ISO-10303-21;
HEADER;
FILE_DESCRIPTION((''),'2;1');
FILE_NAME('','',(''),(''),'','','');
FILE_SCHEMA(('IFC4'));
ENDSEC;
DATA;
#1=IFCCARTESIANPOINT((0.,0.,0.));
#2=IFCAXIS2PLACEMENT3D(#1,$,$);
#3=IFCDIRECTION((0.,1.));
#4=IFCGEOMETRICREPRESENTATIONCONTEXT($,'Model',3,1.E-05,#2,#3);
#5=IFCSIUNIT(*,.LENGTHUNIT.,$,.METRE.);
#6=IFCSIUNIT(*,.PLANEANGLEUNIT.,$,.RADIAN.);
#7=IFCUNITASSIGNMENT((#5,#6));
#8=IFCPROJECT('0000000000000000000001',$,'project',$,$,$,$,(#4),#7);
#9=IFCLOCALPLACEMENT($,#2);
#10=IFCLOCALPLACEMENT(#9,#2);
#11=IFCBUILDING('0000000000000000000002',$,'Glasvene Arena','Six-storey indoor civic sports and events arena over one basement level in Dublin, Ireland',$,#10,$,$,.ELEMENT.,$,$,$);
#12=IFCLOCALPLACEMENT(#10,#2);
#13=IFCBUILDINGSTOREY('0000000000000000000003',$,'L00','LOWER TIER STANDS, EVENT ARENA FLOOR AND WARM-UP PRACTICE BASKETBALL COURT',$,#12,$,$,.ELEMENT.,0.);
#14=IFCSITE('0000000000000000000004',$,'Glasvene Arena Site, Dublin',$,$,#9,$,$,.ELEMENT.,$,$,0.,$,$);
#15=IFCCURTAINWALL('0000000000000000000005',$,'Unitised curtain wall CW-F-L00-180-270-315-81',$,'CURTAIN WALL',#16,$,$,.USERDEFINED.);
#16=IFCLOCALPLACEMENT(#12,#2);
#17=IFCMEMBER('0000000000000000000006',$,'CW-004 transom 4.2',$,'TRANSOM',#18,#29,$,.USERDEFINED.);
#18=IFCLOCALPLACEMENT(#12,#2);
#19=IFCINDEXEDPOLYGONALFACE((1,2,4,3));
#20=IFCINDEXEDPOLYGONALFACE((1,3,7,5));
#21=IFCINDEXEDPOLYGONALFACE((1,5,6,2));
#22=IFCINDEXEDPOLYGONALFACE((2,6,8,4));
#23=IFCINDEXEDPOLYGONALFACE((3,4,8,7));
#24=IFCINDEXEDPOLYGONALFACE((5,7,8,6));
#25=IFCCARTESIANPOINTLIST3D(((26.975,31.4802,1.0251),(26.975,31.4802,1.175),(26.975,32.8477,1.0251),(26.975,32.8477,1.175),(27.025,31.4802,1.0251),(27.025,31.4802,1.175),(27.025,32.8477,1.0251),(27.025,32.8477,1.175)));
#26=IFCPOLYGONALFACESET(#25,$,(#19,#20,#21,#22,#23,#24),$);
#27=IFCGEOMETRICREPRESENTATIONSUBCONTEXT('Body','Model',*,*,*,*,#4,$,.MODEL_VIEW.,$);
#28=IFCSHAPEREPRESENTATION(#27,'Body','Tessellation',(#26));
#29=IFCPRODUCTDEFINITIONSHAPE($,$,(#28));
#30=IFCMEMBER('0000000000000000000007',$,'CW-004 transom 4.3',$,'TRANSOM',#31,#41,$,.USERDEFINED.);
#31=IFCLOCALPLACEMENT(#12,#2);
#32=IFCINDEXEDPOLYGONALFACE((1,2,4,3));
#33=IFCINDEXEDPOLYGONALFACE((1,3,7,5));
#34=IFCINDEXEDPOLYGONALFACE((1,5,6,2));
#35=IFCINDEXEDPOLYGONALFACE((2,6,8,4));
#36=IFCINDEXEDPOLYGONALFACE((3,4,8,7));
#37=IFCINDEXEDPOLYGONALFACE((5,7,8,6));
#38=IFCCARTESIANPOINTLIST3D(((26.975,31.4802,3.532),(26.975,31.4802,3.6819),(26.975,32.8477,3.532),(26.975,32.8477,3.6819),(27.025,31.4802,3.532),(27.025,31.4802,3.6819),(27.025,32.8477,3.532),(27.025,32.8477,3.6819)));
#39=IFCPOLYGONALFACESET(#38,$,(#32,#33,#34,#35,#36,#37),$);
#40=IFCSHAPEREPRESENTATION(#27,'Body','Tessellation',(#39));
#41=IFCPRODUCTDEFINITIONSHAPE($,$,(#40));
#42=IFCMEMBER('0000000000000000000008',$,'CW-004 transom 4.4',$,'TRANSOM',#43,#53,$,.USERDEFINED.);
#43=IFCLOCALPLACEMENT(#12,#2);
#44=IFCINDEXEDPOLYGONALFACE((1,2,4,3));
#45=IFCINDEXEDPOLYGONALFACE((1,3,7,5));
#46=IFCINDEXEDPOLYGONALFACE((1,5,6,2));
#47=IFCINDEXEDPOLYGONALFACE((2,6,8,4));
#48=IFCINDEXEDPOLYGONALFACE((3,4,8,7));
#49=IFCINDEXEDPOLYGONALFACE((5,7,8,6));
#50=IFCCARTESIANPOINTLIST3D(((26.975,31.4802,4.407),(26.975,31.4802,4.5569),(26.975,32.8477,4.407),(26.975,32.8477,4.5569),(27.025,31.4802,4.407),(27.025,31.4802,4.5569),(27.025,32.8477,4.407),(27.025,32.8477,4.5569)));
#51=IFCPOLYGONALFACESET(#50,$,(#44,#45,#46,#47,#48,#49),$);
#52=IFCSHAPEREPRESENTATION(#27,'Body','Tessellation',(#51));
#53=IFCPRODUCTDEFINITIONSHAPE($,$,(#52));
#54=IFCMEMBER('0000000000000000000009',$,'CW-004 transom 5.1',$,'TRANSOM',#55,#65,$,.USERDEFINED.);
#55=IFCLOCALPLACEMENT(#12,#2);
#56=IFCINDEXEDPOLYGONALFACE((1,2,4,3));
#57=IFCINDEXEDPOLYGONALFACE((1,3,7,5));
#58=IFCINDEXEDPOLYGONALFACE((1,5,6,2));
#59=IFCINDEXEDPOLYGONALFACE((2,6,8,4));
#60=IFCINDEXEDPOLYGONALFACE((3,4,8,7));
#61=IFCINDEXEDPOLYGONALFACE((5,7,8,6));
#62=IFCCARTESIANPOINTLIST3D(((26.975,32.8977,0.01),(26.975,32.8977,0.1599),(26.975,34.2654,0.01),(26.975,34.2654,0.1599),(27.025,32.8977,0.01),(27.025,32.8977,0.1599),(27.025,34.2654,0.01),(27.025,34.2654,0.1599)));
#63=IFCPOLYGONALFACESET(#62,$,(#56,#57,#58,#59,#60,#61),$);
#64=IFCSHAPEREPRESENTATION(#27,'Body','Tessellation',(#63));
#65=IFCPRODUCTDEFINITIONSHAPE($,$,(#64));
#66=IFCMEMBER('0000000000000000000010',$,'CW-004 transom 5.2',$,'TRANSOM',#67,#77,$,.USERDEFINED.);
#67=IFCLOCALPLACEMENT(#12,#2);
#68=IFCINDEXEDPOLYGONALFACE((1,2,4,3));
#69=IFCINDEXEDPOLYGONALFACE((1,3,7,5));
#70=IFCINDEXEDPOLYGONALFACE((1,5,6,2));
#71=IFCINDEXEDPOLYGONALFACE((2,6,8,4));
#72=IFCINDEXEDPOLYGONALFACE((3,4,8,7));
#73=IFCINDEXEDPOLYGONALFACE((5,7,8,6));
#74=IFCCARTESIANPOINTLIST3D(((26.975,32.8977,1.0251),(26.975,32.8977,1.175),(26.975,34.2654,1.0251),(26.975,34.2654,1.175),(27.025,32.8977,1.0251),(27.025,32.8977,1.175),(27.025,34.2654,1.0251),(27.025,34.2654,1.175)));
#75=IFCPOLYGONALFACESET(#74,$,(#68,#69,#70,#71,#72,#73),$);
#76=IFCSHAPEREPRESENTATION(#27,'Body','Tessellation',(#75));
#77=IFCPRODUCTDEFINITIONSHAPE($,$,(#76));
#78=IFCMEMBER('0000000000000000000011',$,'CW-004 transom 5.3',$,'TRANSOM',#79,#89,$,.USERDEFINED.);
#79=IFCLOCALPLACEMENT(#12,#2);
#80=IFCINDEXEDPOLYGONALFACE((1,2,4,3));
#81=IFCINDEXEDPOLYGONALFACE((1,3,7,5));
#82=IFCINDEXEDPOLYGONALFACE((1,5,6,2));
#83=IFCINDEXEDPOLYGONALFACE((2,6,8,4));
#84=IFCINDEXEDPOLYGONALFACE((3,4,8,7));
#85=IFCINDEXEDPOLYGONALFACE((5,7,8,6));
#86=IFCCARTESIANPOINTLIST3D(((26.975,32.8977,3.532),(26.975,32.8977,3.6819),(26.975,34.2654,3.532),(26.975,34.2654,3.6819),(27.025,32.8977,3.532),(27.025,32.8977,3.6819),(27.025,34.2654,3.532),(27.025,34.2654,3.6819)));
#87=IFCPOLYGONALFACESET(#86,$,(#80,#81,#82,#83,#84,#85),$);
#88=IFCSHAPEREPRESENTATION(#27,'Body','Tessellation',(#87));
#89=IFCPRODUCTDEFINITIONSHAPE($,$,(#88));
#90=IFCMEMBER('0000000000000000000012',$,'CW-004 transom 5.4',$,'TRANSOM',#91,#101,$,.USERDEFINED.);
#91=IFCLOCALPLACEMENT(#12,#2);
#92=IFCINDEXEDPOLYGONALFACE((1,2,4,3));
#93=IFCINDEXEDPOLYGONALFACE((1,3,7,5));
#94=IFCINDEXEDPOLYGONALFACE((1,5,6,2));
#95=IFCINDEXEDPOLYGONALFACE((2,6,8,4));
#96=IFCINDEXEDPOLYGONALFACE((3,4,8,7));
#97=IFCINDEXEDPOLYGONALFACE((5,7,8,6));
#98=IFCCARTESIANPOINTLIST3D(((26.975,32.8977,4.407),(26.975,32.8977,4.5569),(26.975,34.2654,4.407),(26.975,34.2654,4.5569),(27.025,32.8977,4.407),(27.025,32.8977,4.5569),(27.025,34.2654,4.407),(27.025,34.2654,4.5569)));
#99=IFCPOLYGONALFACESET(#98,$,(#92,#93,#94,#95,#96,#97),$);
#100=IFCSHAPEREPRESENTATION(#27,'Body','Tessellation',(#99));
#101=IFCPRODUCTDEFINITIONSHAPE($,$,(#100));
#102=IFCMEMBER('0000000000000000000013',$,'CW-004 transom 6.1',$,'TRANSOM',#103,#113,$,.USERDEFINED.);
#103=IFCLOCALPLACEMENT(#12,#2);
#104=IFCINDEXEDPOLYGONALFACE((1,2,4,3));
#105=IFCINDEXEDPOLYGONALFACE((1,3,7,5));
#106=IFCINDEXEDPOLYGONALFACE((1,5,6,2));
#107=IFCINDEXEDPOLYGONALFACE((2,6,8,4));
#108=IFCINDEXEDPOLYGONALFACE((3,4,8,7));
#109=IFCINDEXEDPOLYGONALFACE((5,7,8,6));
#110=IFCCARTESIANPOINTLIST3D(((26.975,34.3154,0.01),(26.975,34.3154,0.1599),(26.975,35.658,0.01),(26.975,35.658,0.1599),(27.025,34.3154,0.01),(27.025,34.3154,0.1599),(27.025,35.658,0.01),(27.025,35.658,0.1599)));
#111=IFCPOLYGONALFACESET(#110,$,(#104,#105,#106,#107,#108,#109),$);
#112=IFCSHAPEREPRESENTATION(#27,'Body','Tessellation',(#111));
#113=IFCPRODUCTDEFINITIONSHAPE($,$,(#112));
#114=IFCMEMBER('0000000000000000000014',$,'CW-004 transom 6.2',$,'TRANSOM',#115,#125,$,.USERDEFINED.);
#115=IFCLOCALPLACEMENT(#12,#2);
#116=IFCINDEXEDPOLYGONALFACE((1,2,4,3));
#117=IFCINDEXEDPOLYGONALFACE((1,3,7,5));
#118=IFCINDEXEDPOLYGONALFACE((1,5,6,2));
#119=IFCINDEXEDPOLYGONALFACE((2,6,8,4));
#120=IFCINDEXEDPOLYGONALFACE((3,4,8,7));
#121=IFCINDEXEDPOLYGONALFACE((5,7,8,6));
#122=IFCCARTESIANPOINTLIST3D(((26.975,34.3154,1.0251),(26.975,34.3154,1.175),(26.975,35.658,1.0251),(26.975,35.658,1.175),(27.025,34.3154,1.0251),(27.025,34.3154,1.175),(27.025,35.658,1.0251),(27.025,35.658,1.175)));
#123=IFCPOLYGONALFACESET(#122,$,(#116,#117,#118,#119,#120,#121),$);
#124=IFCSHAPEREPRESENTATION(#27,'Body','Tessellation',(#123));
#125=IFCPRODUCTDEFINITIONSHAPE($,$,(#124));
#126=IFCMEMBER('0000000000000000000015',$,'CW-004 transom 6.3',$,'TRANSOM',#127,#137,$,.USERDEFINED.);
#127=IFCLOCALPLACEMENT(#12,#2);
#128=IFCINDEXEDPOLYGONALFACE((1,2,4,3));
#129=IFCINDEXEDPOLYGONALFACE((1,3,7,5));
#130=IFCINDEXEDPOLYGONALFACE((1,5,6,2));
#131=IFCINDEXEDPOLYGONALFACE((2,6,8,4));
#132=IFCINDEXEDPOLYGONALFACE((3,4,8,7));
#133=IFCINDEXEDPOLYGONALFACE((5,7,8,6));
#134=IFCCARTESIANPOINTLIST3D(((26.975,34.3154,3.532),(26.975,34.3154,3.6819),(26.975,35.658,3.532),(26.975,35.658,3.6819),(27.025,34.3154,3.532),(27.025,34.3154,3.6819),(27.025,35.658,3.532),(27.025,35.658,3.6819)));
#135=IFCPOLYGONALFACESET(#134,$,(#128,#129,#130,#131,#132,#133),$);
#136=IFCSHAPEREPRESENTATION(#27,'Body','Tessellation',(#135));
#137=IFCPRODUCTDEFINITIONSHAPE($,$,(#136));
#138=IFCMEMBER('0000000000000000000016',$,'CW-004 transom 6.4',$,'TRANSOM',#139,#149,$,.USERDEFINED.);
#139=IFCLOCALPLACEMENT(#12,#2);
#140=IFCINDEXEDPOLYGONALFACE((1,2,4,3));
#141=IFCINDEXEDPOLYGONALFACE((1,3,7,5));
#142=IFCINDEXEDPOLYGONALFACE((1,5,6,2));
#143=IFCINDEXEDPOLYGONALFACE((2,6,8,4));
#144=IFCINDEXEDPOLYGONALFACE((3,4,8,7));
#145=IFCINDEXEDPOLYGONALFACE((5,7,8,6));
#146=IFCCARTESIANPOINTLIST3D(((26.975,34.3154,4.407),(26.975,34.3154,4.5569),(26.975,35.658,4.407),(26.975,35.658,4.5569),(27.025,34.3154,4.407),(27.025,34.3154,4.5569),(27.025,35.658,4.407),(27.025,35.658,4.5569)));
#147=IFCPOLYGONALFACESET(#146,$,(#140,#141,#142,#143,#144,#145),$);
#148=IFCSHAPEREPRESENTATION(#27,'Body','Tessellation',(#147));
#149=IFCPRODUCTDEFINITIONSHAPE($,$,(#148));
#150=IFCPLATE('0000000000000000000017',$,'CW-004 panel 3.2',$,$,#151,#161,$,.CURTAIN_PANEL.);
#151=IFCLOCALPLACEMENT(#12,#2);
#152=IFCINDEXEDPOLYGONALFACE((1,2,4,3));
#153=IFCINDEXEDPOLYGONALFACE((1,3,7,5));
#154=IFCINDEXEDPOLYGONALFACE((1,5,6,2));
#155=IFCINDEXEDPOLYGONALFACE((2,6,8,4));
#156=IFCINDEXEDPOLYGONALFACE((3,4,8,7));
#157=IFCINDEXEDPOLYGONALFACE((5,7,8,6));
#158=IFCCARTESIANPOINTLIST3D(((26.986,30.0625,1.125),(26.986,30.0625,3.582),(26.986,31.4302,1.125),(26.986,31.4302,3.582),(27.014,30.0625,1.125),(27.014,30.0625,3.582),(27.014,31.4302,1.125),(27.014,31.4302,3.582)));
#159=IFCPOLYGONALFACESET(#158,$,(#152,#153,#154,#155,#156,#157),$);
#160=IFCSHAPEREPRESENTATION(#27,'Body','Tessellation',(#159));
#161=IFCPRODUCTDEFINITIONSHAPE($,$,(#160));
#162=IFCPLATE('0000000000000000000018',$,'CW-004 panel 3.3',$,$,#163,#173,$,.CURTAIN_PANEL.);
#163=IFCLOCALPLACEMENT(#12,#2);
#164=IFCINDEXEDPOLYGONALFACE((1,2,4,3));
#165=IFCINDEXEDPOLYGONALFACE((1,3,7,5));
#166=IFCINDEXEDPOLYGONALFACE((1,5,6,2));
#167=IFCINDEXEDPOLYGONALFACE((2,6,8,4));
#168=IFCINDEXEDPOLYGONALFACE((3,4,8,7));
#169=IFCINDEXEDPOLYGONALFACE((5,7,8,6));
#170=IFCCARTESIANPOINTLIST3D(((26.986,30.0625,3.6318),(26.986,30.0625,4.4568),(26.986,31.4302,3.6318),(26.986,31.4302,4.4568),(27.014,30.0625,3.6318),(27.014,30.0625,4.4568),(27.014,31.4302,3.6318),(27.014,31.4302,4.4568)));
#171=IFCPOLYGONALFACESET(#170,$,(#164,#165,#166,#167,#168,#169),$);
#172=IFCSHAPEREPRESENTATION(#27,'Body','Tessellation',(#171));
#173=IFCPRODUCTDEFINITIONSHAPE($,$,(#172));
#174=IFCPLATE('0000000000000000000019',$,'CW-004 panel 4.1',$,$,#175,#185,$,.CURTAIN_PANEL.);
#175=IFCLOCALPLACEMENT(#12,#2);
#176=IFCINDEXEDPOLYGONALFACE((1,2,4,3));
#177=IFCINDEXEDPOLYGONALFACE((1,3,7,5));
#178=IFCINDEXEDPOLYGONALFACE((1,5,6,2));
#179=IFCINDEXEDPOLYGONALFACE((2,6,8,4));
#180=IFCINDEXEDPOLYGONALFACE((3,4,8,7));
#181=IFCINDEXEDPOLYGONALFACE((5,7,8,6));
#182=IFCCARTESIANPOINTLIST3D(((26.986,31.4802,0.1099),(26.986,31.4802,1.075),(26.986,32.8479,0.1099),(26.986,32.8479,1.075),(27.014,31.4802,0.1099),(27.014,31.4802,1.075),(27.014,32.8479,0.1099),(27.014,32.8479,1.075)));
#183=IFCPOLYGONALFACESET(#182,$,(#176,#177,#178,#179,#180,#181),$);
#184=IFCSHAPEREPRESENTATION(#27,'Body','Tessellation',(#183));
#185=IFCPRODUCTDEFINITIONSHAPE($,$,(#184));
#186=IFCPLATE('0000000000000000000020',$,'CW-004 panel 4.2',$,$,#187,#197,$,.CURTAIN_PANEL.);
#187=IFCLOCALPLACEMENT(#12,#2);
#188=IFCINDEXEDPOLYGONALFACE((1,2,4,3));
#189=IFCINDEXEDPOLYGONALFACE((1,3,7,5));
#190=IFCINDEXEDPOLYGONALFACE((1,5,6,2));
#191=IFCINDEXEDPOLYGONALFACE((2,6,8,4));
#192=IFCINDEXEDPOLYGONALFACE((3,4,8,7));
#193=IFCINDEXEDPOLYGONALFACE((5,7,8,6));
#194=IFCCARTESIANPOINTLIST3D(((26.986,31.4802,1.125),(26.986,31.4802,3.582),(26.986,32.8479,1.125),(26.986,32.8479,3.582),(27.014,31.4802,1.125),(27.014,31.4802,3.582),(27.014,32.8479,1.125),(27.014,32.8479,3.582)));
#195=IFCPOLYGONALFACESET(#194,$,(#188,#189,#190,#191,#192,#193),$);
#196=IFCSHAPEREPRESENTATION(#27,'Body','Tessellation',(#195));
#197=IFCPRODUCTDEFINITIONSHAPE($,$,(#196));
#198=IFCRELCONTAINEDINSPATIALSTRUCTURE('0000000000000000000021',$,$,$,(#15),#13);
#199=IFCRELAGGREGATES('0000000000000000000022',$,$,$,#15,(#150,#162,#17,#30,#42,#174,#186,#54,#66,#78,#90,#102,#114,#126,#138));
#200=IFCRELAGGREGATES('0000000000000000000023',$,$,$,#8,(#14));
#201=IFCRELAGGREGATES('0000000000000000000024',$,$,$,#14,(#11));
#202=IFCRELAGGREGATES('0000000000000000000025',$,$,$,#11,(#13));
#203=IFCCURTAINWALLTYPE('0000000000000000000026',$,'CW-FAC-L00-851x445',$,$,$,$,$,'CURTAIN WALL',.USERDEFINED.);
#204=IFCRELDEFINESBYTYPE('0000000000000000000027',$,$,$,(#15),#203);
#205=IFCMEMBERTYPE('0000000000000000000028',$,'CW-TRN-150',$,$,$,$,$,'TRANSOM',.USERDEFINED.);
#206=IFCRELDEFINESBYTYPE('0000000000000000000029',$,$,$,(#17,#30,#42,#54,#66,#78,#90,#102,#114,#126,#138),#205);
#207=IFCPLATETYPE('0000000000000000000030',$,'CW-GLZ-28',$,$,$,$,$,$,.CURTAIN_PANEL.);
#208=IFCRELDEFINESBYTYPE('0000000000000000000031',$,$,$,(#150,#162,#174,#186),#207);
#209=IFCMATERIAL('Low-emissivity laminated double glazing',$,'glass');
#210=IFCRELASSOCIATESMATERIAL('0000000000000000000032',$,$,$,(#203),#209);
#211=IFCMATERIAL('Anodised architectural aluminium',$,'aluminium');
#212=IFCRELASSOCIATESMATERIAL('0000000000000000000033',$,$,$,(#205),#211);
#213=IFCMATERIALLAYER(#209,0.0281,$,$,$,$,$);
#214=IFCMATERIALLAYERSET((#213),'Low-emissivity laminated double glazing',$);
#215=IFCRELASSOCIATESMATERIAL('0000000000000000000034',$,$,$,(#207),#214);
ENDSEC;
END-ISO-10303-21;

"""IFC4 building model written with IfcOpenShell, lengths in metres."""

from ifc_helpers import new_model, si_unit, direction, frame, origin, origin_2d, place, context, subcontext, project, spatial, rectangle, extrude, material, layer, layer_set, material_profile, profile_set, type_object, element, aggregate, save


model = new_model("IFC4")

# Units and contexts
model_context = context("Model", 3, precision=1e-05, world=origin(), true_north=direction((0.0, 1.0)))
body_context = subcontext(model_context, "Body", "Model", "MODEL_VIEW")
ifc_project = project(units=[si_unit("LENGTHUNIT", "METRE"), si_unit("PLANEANGLEUNIT", "RADIAN")], contexts=[model_context])

# Site, building, storey
site_placement = place(None, origin())
site = spatial("IfcSite", under=ifc_project, at=site_placement, Name="Glasvene Arena Site, Dublin", CompositionType="ELEMENT", RefElevation=0.0)
building_placement = place(site_placement, origin())
building = spatial("IfcBuilding", under=site, at=building_placement, Name="Glasvene Arena", Description="Six-storey indoor civic sports and events arena over one basement level in Dublin, Ireland", CompositionType="ELEMENT")
storey_placement = place(building_placement, origin())
storey = spatial("IfcBuildingStorey", under=building, at=storey_placement, Name="L00", Description="LOWER TIER STANDS, EVENT ARENA FLOOR AND WARM-UP PRACTICE BASKETBALL COURT", CompositionType="ELEMENT", Elevation=0.0)

# Curtain wall, members, plates
ifc_material_1 = material(Name="Low-emissivity laminated double glazing", Category="glass")
curtain_wall_type = type_object("IfcCurtainWallType", Name="CW-FAC-L00-851x445", ElementType="CURTAIN WALL", PredefinedType="USERDEFINED", material=ifc_material_1)
curtain_wall_placement = place(storey_placement, frame((27.0, 27.2024, 0.0)))
curtain_wall = element("IfcCurtainWall", 1, at=curtain_wall_placement, inside=storey, type_object=curtain_wall_type, Name="Unitised curtain wall CW-F-L00-180-270-315-81", ObjectType="CURTAIN WALL", PredefinedType="USERDEFINED")
ifc_material_2 = material(Name="Anodised architectural aluminium", Category="aluminium")
ifc_material_profile_1 = material_profile(ifc_material_2, rectangle(XDim=0.05, YDim=0.1499, at=origin_2d()), Name="ALU TRANSOM 50x150")
ifc_profile_set_1 = profile_set([ifc_material_profile_1], Name="Anodised architectural aluminium")
member_type_1 = type_object("IfcMemberType", Name="CW-TRN-150", ElementType="TRANSOM", PredefinedType="USERDEFINED", material=ifc_profile_set_1)
member_1_placement = place(storey_placement, frame((27.0, 31.4802, 1.1001), z_axis=(0.0, 1.0, 0.0), x_axis=(-1.0, 0.0, 0.0)))
member_1 = element("IfcMember", 2, at=member_1_placement, type_object=member_type_1, Name="CW-004 transom 4.2", ObjectType="TRANSOM", PredefinedType="USERDEFINED", context=body_context, shape_type="SweptSolid", body=[
    extrude(rectangle(XDim=0.05, YDim=0.1499, at=origin_2d()), origin(), (0.0, 0.0, 1.0), 1.3674),
])
member_2_placement = place(storey_placement, frame((27.0, 31.4802, 3.6069), z_axis=(0.0, 1.0, 0.0), x_axis=(-1.0, 0.0, 0.0)))
member_2 = element("IfcMember", 3, at=member_2_placement, type_object=member_type_1, Name="CW-004 transom 4.3", ObjectType="TRANSOM", PredefinedType="USERDEFINED", context=body_context, shape_type="SweptSolid", body=[
    extrude(rectangle(XDim=0.05, YDim=0.1499, at=origin_2d()), origin(), (0.0, 0.0, 1.0), 1.3674),
])
member_3_placement = place(storey_placement, frame((27.0, 31.4802, 4.4819), z_axis=(0.0, 1.0, 0.0), x_axis=(-1.0, 0.0, 0.0)))
member_3 = element("IfcMember", 4, at=member_3_placement, type_object=member_type_1, Name="CW-004 transom 4.4", ObjectType="TRANSOM", PredefinedType="USERDEFINED", context=body_context, shape_type="SweptSolid", body=[
    extrude(rectangle(XDim=0.05, YDim=0.1499, at=origin_2d()), origin(), (0.0, 0.0, 1.0), 1.3674),
])
member_4_placement = place(storey_placement, frame((27.0, 32.8977, 0.085), z_axis=(0.0, 1.0, 0.0), x_axis=(-1.0, 0.0, 0.0)))
member_4 = element("IfcMember", 5, at=member_4_placement, type_object=member_type_1, Name="CW-004 transom 5.1", ObjectType="TRANSOM", PredefinedType="USERDEFINED", context=body_context, shape_type="SweptSolid", body=[
    extrude(rectangle(XDim=0.05, YDim=0.1499, at=origin_2d()), origin(), (0.0, 0.0, 1.0), 1.3677),
])
member_5_placement = place(storey_placement, frame((27.0, 32.8977, 1.1001), z_axis=(0.0, 1.0, 0.0), x_axis=(-1.0, 0.0, 0.0)))
member_5 = element("IfcMember", 6, at=member_5_placement, type_object=member_type_1, Name="CW-004 transom 5.2", ObjectType="TRANSOM", PredefinedType="USERDEFINED", context=body_context, shape_type="SweptSolid", body=[
    extrude(rectangle(XDim=0.05, YDim=0.1499, at=origin_2d()), origin(), (0.0, 0.0, 1.0), 1.3677),
])
member_6_placement = place(storey_placement, frame((27.0, 32.8977, 3.6069), z_axis=(0.0, 1.0, 0.0), x_axis=(-1.0, 0.0, 0.0)))
member_6 = element("IfcMember", 7, at=member_6_placement, type_object=member_type_1, Name="CW-004 transom 5.3", ObjectType="TRANSOM", PredefinedType="USERDEFINED", context=body_context, shape_type="SweptSolid", body=[
    extrude(rectangle(XDim=0.05, YDim=0.1499, at=origin_2d()), origin(), (0.0, 0.0, 1.0), 1.3677),
])
member_7_placement = place(storey_placement, frame((27.0, 32.8977, 4.4819), z_axis=(0.0, 1.0, 0.0), x_axis=(-1.0, 0.0, 0.0)))
member_7 = element("IfcMember", 8, at=member_7_placement, type_object=member_type_1, Name="CW-004 transom 5.4", ObjectType="TRANSOM", PredefinedType="USERDEFINED", context=body_context, shape_type="SweptSolid", body=[
    extrude(rectangle(XDim=0.05, YDim=0.1499, at=origin_2d()), origin(), (0.0, 0.0, 1.0), 1.3677),
])
member_8_placement = place(storey_placement, frame((27.0, 34.3154, 0.085), z_axis=(0.0, 1.0, 0.0), x_axis=(-1.0, 0.0, 0.0)))
member_8 = element("IfcMember", 9, at=member_8_placement, type_object=member_type_1, Name="CW-004 transom 6.1", ObjectType="TRANSOM", PredefinedType="USERDEFINED", context=body_context, shape_type="SweptSolid", body=[
    extrude(rectangle(XDim=0.05, YDim=0.1499, at=origin_2d()), origin(), (0.0, 0.0, 1.0), 1.3425),
])
member_9_placement = place(storey_placement, frame((27.0, 34.3154, 1.1001), z_axis=(0.0, 1.0, 0.0), x_axis=(-1.0, 0.0, 0.0)))
member_9 = element("IfcMember", 10, at=member_9_placement, type_object=member_type_1, Name="CW-004 transom 6.2", ObjectType="TRANSOM", PredefinedType="USERDEFINED", context=body_context, shape_type="SweptSolid", body=[
    extrude(rectangle(XDim=0.05, YDim=0.1499, at=origin_2d()), origin(), (0.0, 0.0, 1.0), 1.3425),
])
member_10_placement = place(storey_placement, frame((27.0, 34.3154, 3.6069), z_axis=(0.0, 1.0, 0.0), x_axis=(-1.0, 0.0, 0.0)))
member_10 = element("IfcMember", 11, at=member_10_placement, type_object=member_type_1, Name="CW-004 transom 6.3", ObjectType="TRANSOM", PredefinedType="USERDEFINED", context=body_context, shape_type="SweptSolid", body=[
    extrude(rectangle(XDim=0.05, YDim=0.1499, at=origin_2d()), origin(), (0.0, 0.0, 1.0), 1.3425),
])
member_11_placement = place(storey_placement, frame((27.0, 34.3154, 4.4819), z_axis=(0.0, 1.0, 0.0), x_axis=(-1.0, 0.0, 0.0)))
member_11 = element("IfcMember", 12, at=member_11_placement, type_object=member_type_1, Name="CW-004 transom 6.4", ObjectType="TRANSOM", PredefinedType="USERDEFINED", context=body_context, shape_type="SweptSolid", body=[
    extrude(rectangle(XDim=0.05, YDim=0.1499, at=origin_2d()), origin(), (0.0, 0.0, 1.0), 1.3425),
])
ifc_layer = layer(ifc_material_1, 0.0281)
ifc_layer_set = layer_set([ifc_layer], Name="Low-emissivity laminated double glazing")
plate_type = type_object("IfcPlateType", Name="CW-GLZ-28", PredefinedType="CURTAIN_PANEL", material=ifc_layer_set)
plate_1_placement = place(storey_placement, frame((27.0, 30.7463, 1.125), z_axis=(0.0, 0.0, 1.0), x_axis=(0.0, 1.0, 0.0)))
plate_1 = element("IfcPlate", 13, at=plate_1_placement, type_object=plate_type, Name="CW-004 panel 3.2", PredefinedType="CURTAIN_PANEL", context=body_context, shape_type="SweptSolid", body=[
    extrude(rectangle(XDim=1.3677, YDim=0.0281, at=origin_2d()), origin(), (0.0, 0.0, 1.0), 2.457),
])
plate_2_placement = place(storey_placement, frame((27.0, 30.7463, 3.6318), z_axis=(0.0, 0.0, 1.0), x_axis=(0.0, 1.0, 0.0)))
plate_2 = element("IfcPlate", 14, at=plate_2_placement, type_object=plate_type, Name="CW-004 panel 3.3", PredefinedType="CURTAIN_PANEL", context=body_context, shape_type="SweptSolid", body=[
    extrude(rectangle(XDim=1.3677, YDim=0.0281, at=origin_2d()), origin(), (0.0, 0.0, 1.0), 0.825),
])
plate_3_placement = place(storey_placement, frame((27.0, 32.1641, 0.1099), z_axis=(0.0, 0.0, 1.0), x_axis=(0.0, 1.0, 0.0)))
plate_3 = element("IfcPlate", 15, at=plate_3_placement, type_object=plate_type, Name="CW-004 panel 4.1", PredefinedType="CURTAIN_PANEL", context=body_context, shape_type="SweptSolid", body=[
    extrude(rectangle(XDim=1.3677, YDim=0.0281, at=origin_2d()), origin(), (0.0, 0.0, 1.0), 0.9651),
])
plate_4_placement = place(storey_placement, frame((27.0, 32.1641, 1.125), z_axis=(0.0, 0.0, 1.0), x_axis=(0.0, 1.0, 0.0)))
plate_4 = element("IfcPlate", 16, at=plate_4_placement, type_object=plate_type, Name="CW-004 panel 4.2", PredefinedType="CURTAIN_PANEL", context=body_context, shape_type="SweptSolid", body=[
    extrude(rectangle(XDim=1.3677, YDim=0.0281, at=origin_2d()), origin(), (0.0, 0.0, 1.0), 2.457),
])
aggregate(curtain_wall, [plate_1, plate_2, member_1, member_2, member_3, plate_3, plate_4, member_4, member_5, member_6, member_7, member_8, member_9, member_10, member_11])

save(model, "model.ifc")
